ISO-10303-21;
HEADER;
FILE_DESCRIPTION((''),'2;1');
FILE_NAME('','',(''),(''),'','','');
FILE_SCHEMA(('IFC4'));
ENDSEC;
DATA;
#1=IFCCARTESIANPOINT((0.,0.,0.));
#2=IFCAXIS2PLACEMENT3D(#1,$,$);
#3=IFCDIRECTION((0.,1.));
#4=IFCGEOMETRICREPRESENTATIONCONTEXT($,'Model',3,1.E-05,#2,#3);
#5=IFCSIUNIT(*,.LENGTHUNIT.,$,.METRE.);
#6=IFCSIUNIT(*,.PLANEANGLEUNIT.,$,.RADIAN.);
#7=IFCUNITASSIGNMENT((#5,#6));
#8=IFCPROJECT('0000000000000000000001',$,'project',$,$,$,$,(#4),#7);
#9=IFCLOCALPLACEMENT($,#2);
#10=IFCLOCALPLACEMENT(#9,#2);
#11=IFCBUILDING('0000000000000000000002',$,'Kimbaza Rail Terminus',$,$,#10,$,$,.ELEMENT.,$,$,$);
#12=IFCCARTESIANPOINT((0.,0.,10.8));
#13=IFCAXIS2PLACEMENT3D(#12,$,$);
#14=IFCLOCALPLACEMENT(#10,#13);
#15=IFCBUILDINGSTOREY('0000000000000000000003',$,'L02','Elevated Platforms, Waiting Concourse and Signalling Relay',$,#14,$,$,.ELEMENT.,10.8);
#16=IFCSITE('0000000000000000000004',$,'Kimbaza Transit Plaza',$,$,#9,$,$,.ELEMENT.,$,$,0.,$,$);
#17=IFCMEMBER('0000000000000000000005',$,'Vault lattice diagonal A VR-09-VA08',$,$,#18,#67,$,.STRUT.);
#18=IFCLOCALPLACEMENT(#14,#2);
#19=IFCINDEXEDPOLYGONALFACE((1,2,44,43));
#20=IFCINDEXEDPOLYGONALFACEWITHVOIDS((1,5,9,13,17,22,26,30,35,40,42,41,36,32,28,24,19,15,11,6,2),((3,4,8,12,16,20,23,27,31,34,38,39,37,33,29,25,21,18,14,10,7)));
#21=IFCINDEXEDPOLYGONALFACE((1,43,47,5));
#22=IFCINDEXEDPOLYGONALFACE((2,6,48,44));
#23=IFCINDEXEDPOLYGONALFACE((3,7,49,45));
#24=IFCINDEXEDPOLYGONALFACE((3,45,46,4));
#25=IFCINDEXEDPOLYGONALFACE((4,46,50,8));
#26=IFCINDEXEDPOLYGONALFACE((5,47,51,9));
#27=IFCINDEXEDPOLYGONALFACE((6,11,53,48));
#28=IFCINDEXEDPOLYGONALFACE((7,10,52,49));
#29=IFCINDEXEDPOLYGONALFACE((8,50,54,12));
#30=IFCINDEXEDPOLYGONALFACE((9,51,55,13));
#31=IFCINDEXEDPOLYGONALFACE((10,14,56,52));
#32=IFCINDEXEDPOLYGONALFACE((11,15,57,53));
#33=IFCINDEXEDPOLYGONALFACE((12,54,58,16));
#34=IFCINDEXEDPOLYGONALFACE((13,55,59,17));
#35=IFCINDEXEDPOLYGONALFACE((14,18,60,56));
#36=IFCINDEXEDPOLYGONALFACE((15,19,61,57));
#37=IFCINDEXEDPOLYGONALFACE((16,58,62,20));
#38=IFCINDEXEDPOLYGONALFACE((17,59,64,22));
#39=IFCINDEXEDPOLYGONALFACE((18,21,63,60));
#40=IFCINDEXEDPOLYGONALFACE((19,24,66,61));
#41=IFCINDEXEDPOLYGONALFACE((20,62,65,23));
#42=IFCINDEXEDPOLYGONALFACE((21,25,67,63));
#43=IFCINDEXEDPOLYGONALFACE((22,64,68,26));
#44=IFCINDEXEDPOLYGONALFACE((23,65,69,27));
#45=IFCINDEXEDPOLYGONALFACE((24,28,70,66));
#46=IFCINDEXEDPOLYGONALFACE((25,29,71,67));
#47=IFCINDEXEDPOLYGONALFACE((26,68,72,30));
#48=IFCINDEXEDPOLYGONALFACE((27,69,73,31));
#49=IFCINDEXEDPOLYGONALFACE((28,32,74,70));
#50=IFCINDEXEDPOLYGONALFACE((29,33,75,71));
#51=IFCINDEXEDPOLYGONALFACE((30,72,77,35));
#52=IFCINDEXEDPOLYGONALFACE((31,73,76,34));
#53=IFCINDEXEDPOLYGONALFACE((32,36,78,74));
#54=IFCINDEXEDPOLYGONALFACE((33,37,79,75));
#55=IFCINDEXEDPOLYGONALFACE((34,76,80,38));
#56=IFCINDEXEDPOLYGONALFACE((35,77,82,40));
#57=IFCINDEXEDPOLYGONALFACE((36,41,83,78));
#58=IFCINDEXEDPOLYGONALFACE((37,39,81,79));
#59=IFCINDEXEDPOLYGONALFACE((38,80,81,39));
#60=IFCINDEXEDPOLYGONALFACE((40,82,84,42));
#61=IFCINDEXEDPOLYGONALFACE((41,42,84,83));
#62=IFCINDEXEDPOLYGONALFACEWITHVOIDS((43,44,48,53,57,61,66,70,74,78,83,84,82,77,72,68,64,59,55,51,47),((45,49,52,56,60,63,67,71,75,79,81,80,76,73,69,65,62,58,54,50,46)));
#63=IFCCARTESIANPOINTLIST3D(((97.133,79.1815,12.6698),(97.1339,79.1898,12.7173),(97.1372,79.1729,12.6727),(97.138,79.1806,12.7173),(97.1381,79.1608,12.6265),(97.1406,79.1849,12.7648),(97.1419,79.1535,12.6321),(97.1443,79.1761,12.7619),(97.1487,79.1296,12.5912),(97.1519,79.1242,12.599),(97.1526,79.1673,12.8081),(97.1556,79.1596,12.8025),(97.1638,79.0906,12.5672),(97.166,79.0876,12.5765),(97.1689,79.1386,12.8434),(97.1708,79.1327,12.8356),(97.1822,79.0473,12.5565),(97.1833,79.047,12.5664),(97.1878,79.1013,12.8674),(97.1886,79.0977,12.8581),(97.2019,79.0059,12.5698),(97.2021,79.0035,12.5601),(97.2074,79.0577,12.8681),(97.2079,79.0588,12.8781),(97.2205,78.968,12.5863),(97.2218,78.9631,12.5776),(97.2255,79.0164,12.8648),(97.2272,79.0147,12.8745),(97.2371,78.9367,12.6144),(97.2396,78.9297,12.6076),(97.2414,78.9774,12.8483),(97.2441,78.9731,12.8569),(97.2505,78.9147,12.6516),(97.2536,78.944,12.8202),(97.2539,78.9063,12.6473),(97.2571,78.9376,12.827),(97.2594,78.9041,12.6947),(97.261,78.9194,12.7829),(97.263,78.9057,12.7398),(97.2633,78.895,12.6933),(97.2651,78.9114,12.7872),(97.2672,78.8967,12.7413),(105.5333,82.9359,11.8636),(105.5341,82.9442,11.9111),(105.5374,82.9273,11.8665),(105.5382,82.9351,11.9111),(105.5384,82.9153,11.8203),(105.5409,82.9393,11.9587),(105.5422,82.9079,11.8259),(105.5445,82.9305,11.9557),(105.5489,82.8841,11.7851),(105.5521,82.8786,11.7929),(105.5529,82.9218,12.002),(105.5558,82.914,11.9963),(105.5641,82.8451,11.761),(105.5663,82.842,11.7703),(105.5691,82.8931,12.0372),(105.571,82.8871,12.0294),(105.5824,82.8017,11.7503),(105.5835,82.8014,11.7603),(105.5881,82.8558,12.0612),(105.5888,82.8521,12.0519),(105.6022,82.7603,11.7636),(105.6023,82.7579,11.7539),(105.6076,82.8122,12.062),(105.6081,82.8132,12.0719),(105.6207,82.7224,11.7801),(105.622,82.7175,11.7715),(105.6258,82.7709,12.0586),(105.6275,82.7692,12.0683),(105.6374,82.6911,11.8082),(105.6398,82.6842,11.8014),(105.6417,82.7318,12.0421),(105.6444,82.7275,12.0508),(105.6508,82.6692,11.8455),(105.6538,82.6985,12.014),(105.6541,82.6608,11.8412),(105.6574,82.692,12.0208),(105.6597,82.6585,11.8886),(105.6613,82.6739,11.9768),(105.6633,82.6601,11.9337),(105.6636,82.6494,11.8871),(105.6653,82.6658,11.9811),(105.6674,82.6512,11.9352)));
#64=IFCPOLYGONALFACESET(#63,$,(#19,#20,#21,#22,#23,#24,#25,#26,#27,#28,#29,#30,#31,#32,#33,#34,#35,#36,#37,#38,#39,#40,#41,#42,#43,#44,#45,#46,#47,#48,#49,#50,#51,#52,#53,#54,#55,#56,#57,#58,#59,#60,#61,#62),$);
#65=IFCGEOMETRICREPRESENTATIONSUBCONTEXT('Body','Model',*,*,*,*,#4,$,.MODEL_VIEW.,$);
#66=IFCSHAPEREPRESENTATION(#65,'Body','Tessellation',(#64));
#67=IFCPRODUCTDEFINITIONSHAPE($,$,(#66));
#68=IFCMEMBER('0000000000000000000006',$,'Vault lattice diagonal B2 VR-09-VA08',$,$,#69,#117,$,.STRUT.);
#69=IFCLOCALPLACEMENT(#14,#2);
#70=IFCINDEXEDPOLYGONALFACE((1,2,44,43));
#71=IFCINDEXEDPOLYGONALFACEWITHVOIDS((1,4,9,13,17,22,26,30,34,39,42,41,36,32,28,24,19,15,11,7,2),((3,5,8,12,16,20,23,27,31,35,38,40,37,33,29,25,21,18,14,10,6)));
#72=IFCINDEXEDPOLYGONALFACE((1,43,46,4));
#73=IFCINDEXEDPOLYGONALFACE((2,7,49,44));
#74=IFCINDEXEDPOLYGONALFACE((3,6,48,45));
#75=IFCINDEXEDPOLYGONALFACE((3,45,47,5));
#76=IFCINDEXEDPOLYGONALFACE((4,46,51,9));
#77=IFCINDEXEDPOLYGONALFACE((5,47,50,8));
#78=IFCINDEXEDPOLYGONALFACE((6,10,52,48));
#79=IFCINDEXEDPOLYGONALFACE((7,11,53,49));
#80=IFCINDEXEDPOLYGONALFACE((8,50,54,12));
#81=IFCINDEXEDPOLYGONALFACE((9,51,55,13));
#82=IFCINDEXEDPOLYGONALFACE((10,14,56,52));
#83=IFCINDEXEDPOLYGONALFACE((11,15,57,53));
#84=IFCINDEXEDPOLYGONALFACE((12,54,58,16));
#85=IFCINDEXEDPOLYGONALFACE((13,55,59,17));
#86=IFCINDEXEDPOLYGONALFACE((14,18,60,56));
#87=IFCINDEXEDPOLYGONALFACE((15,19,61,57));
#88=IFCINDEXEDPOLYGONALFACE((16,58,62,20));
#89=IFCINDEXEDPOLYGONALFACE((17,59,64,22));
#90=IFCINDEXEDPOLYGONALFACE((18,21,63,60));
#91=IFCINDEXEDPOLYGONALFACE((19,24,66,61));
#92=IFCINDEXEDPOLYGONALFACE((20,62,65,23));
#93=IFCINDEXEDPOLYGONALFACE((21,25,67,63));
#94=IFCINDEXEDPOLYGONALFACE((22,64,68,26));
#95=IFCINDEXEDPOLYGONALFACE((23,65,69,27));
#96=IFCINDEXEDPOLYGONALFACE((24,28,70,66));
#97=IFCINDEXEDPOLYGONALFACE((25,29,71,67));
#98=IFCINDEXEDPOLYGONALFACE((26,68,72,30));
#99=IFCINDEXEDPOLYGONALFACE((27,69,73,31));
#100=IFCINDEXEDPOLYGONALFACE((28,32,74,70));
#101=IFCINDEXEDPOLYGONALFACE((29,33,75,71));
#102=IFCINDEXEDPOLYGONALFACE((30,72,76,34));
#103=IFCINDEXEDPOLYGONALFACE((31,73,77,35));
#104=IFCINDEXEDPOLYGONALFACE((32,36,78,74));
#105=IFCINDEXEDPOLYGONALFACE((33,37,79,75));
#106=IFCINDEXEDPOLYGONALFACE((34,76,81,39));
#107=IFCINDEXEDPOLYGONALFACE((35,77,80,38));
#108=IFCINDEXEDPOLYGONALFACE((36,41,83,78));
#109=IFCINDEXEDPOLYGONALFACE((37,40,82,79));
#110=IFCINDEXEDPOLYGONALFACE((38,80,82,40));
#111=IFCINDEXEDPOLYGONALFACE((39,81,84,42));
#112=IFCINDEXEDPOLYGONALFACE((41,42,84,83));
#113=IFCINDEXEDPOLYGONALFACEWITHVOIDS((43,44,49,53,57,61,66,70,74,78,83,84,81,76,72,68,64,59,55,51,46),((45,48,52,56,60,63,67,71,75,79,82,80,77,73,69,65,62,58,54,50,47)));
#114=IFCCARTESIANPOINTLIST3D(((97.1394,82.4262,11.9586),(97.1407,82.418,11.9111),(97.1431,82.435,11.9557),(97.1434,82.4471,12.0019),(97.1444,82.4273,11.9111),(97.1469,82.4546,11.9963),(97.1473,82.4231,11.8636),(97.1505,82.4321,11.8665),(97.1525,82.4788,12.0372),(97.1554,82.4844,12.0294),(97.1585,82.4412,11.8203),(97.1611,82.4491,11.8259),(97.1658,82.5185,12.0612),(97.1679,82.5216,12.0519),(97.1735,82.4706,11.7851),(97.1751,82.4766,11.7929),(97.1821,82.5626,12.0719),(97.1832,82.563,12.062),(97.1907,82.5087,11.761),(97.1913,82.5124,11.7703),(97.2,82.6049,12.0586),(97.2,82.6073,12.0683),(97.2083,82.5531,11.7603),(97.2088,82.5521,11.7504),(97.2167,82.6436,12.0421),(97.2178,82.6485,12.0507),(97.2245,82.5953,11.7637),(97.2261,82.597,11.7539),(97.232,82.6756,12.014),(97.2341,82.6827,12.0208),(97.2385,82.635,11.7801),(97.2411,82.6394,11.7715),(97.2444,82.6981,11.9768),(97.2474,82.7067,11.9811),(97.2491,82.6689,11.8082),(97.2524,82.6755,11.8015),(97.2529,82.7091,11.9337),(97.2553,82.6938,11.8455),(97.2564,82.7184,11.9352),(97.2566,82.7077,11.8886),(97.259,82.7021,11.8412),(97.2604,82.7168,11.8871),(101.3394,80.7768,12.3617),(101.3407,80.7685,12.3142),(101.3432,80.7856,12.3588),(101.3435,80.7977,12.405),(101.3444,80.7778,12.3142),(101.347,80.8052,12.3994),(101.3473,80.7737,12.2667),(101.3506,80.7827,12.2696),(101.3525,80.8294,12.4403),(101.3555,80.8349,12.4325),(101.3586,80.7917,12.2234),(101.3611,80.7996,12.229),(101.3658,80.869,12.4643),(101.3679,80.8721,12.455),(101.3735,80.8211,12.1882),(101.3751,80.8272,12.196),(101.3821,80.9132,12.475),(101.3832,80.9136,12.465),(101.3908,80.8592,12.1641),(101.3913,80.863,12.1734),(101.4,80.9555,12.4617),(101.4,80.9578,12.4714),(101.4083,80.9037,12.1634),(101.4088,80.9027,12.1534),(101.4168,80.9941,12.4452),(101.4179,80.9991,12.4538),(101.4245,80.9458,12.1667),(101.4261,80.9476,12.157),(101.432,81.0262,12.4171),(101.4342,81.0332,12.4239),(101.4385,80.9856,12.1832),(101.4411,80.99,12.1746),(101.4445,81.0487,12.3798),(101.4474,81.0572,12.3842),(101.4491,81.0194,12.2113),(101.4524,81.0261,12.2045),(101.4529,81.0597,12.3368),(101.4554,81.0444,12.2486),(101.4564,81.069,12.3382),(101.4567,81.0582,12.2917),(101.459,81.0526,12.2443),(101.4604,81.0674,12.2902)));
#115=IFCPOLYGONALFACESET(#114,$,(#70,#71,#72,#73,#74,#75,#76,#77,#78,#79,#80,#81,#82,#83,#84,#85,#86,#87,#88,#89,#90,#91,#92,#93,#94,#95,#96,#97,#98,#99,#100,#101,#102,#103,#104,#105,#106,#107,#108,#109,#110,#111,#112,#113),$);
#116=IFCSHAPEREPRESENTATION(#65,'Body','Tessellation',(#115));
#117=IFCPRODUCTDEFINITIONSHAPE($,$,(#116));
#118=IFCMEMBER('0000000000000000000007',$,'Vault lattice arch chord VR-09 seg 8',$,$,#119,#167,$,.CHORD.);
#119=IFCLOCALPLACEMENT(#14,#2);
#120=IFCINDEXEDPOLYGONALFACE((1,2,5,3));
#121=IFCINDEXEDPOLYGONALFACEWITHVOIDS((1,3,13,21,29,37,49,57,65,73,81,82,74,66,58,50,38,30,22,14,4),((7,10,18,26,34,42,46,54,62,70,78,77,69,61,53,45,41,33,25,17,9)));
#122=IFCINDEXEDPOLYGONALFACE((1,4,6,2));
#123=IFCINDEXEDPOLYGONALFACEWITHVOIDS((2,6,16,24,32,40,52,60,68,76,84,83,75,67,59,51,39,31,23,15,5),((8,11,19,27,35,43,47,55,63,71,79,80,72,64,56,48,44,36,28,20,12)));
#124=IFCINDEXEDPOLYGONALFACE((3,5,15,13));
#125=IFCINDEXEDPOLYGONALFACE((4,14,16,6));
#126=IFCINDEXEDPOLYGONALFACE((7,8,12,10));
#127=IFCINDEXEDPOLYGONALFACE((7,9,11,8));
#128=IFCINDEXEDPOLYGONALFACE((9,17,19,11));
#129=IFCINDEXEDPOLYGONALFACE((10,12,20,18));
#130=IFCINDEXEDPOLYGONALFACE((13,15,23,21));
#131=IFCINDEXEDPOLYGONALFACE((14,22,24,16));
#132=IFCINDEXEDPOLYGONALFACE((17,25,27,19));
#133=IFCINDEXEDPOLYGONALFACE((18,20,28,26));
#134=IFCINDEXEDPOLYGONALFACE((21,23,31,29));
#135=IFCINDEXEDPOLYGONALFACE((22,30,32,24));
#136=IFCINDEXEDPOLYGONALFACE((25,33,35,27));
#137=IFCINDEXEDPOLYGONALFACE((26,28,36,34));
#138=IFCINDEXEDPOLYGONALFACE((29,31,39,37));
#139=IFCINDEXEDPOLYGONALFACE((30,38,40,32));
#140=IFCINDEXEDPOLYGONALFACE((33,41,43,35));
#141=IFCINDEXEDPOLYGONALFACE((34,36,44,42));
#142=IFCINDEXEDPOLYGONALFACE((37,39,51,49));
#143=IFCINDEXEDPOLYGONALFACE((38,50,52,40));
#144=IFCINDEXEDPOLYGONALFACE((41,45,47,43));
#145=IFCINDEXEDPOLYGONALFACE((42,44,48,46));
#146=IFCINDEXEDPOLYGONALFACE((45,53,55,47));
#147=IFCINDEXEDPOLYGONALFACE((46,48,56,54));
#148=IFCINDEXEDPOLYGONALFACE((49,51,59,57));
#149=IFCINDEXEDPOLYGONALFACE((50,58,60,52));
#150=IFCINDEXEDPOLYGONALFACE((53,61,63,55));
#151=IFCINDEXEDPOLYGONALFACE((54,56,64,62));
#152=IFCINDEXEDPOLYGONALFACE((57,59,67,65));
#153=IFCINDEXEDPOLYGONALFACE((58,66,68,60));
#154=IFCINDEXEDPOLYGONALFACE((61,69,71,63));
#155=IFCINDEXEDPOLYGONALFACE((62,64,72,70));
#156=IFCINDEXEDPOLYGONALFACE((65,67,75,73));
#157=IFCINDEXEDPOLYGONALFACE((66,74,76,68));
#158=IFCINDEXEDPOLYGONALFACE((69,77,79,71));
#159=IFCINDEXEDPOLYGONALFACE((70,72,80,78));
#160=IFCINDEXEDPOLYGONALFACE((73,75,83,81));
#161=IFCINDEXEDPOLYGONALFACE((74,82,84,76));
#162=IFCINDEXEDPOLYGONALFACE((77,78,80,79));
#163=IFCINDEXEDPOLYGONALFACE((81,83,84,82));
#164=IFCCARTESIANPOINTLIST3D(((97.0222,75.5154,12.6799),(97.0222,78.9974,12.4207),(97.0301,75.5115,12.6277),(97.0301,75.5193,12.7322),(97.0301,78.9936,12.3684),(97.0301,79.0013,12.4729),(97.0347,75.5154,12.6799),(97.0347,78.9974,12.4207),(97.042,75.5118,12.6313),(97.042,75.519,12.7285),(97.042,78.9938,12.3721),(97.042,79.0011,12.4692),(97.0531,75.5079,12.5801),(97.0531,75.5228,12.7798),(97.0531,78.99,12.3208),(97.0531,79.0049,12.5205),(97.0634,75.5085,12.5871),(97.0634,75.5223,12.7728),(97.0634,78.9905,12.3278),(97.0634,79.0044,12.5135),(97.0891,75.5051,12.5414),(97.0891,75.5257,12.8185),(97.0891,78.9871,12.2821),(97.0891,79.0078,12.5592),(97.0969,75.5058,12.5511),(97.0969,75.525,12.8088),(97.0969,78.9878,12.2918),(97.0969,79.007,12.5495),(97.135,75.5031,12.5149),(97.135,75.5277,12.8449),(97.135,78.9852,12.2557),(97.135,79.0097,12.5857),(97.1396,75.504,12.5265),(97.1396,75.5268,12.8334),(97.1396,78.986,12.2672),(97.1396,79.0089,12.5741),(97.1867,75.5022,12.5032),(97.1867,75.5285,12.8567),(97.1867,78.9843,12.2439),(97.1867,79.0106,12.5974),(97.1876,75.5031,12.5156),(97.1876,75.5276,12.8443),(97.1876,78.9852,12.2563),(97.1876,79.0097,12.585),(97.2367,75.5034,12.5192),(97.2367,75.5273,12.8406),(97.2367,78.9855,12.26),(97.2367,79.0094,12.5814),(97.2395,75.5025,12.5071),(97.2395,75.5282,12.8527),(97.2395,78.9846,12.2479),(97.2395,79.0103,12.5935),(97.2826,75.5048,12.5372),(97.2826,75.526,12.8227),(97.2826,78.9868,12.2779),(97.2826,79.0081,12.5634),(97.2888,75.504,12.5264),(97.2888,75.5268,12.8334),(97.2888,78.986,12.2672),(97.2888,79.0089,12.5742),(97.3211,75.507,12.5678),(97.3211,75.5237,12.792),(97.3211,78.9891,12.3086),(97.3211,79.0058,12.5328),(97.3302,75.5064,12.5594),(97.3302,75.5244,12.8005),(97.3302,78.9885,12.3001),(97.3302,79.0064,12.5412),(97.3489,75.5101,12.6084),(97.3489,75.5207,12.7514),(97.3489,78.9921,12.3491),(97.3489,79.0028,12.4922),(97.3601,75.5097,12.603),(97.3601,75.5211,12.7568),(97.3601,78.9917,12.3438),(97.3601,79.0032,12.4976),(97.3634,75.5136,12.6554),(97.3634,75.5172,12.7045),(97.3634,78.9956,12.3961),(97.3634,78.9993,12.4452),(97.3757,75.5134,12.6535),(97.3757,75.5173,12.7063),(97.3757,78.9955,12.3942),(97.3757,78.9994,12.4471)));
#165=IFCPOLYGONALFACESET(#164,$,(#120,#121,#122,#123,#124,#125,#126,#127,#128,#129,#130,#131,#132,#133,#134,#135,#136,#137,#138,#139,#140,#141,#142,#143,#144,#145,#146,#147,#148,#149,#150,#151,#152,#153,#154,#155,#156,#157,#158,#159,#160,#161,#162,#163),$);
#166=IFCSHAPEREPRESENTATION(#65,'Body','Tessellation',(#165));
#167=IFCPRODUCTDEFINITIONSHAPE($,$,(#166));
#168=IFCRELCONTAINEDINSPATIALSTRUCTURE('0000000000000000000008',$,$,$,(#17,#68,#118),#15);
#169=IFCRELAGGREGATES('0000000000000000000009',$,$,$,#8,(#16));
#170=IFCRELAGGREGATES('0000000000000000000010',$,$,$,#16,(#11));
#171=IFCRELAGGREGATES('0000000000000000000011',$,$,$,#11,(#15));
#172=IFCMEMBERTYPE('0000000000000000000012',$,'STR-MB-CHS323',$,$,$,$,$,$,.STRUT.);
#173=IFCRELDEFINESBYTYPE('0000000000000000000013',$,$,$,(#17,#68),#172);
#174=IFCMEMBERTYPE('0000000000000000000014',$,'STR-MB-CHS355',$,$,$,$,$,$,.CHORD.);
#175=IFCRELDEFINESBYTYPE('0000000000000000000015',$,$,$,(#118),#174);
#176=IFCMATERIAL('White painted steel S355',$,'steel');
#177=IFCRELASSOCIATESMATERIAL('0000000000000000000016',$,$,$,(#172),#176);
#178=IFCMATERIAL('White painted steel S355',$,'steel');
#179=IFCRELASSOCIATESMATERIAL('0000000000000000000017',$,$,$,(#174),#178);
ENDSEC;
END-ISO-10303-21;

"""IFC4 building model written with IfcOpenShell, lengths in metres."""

from ifc_helpers import new_model, si_unit, direction, frame, origin, origin_2d, place, context, subcontext, project, spatial, hollow_circle, extrude, material, material_profile, profile_set, type_object, element, save


model = new_model("IFC4")

# Units and contexts
model_context = context("Model", 3, precision=1e-05, world=origin(), true_north=direction((0.0, 1.0)))
body_context = subcontext(model_context, "Body", "Model", "MODEL_VIEW")
ifc_project = project(units=[si_unit("LENGTHUNIT", "METRE"), si_unit("PLANEANGLEUNIT", "RADIAN")], contexts=[model_context])

# Site, building, storey
site_placement = place(None, origin())
site = spatial("IfcSite", under=ifc_project, at=site_placement, Name="Kimbaza Transit Plaza", CompositionType="ELEMENT", RefElevation=0.0)
building_placement = place(site_placement, origin())
building = spatial("IfcBuilding", under=site, at=building_placement, Name="Kimbaza Rail Terminus", CompositionType="ELEMENT")
storey_placement = place(building_placement, frame((0.0, 0.0, 10.8)))
storey = spatial("IfcBuildingStorey", under=building, at=storey_placement, Name="L02", Description="Elevated Platforms, Waiting Concourse and Signalling Relay", CompositionType="ELEMENT", Elevation=10.8)

# Members
ifc_material_1 = material(Name="White painted steel S355", Category="steel")
ifc_material_profile_1 = material_profile(ifc_material_1, hollow_circle(Radius=0.1619, WallThickness=0.01, at=origin_2d()), Name="CHS 323.9x10")
ifc_profile_set_1 = profile_set([ifc_material_profile_1], Name="White painted steel S355")
member_type_1 = type_object("IfcMemberType", Name="STR-MB-CHS323", PredefinedType="STRUT", material=ifc_profile_set_1)
member_1_placement = place(storey_placement, frame((97.2, 79.042, 12.7173), z_axis=(0.909478, 0.406486, -0.087282), x_axis=(-0.408043, 0.912963, 0.0)))
element("IfcMember", 1, at=member_1_placement, inside=storey, type_object=member_type_1, Name="Vault lattice diagonal A VR-09-VA08", PredefinedType="STRUT", context=body_context, shape_type="SweptSolid", body=[
    extrude(hollow_circle(Radius=0.1619, WallThickness=0.01, at=origin_2d()), origin(), (0.0, 0.0, 1.0), 9.2363),
])
member_2_placement = place(storey_placement, frame((101.3999, 80.9192, 12.3142), z_axis=(-0.927103, 0.364094, -0.088976), x_axis=(-0.365544, -0.930794, 0.0)))
element("IfcMember", 2, at=member_2_placement, inside=storey, type_object=member_type_1, Name="Vault lattice diagonal B2 VR-09-VA08", PredefinedType="STRUT", context=body_context, shape_type="SweptSolid", body=[
    extrude(hollow_circle(Radius=0.1619, WallThickness=0.01, at=origin_2d()), origin(), (0.0, 0.0, 1.0), 4.5303),
])
ifc_material_2 = material(Name="White painted steel S355", Category="steel")
ifc_material_profile_2 = material_profile(ifc_material_2, hollow_circle(Radius=0.1777, WallThickness=0.0125, at=origin_2d()), Name="CHS 355.6x12.5")
ifc_profile_set_2 = profile_set([ifc_material_profile_2], Name="White painted steel S355")
member_type_2 = type_object("IfcMemberType", Name="STR-MB-CHS355", PredefinedType="CHORD", material=ifc_profile_set_2)
member_3_placement = place(storey_placement, frame((97.2, 75.5154, 12.6799), z_axis=(0.0, 0.997239, -0.074253), x_axis=(-1.0, 0.0, 0.0)))
element("IfcMember", 3, at=member_3_placement, inside=storey, type_object=member_type_2, Name="Vault lattice arch chord VR-09 seg 8", PredefinedType="CHORD", context=body_context, shape_type="SweptSolid", body=[
    extrude(hollow_circle(Radius=0.1777, WallThickness=0.0125, at=origin_2d()), origin(), (0.0, 0.0, 1.0), 3.4917),
])

save(model, "model.ifc")
